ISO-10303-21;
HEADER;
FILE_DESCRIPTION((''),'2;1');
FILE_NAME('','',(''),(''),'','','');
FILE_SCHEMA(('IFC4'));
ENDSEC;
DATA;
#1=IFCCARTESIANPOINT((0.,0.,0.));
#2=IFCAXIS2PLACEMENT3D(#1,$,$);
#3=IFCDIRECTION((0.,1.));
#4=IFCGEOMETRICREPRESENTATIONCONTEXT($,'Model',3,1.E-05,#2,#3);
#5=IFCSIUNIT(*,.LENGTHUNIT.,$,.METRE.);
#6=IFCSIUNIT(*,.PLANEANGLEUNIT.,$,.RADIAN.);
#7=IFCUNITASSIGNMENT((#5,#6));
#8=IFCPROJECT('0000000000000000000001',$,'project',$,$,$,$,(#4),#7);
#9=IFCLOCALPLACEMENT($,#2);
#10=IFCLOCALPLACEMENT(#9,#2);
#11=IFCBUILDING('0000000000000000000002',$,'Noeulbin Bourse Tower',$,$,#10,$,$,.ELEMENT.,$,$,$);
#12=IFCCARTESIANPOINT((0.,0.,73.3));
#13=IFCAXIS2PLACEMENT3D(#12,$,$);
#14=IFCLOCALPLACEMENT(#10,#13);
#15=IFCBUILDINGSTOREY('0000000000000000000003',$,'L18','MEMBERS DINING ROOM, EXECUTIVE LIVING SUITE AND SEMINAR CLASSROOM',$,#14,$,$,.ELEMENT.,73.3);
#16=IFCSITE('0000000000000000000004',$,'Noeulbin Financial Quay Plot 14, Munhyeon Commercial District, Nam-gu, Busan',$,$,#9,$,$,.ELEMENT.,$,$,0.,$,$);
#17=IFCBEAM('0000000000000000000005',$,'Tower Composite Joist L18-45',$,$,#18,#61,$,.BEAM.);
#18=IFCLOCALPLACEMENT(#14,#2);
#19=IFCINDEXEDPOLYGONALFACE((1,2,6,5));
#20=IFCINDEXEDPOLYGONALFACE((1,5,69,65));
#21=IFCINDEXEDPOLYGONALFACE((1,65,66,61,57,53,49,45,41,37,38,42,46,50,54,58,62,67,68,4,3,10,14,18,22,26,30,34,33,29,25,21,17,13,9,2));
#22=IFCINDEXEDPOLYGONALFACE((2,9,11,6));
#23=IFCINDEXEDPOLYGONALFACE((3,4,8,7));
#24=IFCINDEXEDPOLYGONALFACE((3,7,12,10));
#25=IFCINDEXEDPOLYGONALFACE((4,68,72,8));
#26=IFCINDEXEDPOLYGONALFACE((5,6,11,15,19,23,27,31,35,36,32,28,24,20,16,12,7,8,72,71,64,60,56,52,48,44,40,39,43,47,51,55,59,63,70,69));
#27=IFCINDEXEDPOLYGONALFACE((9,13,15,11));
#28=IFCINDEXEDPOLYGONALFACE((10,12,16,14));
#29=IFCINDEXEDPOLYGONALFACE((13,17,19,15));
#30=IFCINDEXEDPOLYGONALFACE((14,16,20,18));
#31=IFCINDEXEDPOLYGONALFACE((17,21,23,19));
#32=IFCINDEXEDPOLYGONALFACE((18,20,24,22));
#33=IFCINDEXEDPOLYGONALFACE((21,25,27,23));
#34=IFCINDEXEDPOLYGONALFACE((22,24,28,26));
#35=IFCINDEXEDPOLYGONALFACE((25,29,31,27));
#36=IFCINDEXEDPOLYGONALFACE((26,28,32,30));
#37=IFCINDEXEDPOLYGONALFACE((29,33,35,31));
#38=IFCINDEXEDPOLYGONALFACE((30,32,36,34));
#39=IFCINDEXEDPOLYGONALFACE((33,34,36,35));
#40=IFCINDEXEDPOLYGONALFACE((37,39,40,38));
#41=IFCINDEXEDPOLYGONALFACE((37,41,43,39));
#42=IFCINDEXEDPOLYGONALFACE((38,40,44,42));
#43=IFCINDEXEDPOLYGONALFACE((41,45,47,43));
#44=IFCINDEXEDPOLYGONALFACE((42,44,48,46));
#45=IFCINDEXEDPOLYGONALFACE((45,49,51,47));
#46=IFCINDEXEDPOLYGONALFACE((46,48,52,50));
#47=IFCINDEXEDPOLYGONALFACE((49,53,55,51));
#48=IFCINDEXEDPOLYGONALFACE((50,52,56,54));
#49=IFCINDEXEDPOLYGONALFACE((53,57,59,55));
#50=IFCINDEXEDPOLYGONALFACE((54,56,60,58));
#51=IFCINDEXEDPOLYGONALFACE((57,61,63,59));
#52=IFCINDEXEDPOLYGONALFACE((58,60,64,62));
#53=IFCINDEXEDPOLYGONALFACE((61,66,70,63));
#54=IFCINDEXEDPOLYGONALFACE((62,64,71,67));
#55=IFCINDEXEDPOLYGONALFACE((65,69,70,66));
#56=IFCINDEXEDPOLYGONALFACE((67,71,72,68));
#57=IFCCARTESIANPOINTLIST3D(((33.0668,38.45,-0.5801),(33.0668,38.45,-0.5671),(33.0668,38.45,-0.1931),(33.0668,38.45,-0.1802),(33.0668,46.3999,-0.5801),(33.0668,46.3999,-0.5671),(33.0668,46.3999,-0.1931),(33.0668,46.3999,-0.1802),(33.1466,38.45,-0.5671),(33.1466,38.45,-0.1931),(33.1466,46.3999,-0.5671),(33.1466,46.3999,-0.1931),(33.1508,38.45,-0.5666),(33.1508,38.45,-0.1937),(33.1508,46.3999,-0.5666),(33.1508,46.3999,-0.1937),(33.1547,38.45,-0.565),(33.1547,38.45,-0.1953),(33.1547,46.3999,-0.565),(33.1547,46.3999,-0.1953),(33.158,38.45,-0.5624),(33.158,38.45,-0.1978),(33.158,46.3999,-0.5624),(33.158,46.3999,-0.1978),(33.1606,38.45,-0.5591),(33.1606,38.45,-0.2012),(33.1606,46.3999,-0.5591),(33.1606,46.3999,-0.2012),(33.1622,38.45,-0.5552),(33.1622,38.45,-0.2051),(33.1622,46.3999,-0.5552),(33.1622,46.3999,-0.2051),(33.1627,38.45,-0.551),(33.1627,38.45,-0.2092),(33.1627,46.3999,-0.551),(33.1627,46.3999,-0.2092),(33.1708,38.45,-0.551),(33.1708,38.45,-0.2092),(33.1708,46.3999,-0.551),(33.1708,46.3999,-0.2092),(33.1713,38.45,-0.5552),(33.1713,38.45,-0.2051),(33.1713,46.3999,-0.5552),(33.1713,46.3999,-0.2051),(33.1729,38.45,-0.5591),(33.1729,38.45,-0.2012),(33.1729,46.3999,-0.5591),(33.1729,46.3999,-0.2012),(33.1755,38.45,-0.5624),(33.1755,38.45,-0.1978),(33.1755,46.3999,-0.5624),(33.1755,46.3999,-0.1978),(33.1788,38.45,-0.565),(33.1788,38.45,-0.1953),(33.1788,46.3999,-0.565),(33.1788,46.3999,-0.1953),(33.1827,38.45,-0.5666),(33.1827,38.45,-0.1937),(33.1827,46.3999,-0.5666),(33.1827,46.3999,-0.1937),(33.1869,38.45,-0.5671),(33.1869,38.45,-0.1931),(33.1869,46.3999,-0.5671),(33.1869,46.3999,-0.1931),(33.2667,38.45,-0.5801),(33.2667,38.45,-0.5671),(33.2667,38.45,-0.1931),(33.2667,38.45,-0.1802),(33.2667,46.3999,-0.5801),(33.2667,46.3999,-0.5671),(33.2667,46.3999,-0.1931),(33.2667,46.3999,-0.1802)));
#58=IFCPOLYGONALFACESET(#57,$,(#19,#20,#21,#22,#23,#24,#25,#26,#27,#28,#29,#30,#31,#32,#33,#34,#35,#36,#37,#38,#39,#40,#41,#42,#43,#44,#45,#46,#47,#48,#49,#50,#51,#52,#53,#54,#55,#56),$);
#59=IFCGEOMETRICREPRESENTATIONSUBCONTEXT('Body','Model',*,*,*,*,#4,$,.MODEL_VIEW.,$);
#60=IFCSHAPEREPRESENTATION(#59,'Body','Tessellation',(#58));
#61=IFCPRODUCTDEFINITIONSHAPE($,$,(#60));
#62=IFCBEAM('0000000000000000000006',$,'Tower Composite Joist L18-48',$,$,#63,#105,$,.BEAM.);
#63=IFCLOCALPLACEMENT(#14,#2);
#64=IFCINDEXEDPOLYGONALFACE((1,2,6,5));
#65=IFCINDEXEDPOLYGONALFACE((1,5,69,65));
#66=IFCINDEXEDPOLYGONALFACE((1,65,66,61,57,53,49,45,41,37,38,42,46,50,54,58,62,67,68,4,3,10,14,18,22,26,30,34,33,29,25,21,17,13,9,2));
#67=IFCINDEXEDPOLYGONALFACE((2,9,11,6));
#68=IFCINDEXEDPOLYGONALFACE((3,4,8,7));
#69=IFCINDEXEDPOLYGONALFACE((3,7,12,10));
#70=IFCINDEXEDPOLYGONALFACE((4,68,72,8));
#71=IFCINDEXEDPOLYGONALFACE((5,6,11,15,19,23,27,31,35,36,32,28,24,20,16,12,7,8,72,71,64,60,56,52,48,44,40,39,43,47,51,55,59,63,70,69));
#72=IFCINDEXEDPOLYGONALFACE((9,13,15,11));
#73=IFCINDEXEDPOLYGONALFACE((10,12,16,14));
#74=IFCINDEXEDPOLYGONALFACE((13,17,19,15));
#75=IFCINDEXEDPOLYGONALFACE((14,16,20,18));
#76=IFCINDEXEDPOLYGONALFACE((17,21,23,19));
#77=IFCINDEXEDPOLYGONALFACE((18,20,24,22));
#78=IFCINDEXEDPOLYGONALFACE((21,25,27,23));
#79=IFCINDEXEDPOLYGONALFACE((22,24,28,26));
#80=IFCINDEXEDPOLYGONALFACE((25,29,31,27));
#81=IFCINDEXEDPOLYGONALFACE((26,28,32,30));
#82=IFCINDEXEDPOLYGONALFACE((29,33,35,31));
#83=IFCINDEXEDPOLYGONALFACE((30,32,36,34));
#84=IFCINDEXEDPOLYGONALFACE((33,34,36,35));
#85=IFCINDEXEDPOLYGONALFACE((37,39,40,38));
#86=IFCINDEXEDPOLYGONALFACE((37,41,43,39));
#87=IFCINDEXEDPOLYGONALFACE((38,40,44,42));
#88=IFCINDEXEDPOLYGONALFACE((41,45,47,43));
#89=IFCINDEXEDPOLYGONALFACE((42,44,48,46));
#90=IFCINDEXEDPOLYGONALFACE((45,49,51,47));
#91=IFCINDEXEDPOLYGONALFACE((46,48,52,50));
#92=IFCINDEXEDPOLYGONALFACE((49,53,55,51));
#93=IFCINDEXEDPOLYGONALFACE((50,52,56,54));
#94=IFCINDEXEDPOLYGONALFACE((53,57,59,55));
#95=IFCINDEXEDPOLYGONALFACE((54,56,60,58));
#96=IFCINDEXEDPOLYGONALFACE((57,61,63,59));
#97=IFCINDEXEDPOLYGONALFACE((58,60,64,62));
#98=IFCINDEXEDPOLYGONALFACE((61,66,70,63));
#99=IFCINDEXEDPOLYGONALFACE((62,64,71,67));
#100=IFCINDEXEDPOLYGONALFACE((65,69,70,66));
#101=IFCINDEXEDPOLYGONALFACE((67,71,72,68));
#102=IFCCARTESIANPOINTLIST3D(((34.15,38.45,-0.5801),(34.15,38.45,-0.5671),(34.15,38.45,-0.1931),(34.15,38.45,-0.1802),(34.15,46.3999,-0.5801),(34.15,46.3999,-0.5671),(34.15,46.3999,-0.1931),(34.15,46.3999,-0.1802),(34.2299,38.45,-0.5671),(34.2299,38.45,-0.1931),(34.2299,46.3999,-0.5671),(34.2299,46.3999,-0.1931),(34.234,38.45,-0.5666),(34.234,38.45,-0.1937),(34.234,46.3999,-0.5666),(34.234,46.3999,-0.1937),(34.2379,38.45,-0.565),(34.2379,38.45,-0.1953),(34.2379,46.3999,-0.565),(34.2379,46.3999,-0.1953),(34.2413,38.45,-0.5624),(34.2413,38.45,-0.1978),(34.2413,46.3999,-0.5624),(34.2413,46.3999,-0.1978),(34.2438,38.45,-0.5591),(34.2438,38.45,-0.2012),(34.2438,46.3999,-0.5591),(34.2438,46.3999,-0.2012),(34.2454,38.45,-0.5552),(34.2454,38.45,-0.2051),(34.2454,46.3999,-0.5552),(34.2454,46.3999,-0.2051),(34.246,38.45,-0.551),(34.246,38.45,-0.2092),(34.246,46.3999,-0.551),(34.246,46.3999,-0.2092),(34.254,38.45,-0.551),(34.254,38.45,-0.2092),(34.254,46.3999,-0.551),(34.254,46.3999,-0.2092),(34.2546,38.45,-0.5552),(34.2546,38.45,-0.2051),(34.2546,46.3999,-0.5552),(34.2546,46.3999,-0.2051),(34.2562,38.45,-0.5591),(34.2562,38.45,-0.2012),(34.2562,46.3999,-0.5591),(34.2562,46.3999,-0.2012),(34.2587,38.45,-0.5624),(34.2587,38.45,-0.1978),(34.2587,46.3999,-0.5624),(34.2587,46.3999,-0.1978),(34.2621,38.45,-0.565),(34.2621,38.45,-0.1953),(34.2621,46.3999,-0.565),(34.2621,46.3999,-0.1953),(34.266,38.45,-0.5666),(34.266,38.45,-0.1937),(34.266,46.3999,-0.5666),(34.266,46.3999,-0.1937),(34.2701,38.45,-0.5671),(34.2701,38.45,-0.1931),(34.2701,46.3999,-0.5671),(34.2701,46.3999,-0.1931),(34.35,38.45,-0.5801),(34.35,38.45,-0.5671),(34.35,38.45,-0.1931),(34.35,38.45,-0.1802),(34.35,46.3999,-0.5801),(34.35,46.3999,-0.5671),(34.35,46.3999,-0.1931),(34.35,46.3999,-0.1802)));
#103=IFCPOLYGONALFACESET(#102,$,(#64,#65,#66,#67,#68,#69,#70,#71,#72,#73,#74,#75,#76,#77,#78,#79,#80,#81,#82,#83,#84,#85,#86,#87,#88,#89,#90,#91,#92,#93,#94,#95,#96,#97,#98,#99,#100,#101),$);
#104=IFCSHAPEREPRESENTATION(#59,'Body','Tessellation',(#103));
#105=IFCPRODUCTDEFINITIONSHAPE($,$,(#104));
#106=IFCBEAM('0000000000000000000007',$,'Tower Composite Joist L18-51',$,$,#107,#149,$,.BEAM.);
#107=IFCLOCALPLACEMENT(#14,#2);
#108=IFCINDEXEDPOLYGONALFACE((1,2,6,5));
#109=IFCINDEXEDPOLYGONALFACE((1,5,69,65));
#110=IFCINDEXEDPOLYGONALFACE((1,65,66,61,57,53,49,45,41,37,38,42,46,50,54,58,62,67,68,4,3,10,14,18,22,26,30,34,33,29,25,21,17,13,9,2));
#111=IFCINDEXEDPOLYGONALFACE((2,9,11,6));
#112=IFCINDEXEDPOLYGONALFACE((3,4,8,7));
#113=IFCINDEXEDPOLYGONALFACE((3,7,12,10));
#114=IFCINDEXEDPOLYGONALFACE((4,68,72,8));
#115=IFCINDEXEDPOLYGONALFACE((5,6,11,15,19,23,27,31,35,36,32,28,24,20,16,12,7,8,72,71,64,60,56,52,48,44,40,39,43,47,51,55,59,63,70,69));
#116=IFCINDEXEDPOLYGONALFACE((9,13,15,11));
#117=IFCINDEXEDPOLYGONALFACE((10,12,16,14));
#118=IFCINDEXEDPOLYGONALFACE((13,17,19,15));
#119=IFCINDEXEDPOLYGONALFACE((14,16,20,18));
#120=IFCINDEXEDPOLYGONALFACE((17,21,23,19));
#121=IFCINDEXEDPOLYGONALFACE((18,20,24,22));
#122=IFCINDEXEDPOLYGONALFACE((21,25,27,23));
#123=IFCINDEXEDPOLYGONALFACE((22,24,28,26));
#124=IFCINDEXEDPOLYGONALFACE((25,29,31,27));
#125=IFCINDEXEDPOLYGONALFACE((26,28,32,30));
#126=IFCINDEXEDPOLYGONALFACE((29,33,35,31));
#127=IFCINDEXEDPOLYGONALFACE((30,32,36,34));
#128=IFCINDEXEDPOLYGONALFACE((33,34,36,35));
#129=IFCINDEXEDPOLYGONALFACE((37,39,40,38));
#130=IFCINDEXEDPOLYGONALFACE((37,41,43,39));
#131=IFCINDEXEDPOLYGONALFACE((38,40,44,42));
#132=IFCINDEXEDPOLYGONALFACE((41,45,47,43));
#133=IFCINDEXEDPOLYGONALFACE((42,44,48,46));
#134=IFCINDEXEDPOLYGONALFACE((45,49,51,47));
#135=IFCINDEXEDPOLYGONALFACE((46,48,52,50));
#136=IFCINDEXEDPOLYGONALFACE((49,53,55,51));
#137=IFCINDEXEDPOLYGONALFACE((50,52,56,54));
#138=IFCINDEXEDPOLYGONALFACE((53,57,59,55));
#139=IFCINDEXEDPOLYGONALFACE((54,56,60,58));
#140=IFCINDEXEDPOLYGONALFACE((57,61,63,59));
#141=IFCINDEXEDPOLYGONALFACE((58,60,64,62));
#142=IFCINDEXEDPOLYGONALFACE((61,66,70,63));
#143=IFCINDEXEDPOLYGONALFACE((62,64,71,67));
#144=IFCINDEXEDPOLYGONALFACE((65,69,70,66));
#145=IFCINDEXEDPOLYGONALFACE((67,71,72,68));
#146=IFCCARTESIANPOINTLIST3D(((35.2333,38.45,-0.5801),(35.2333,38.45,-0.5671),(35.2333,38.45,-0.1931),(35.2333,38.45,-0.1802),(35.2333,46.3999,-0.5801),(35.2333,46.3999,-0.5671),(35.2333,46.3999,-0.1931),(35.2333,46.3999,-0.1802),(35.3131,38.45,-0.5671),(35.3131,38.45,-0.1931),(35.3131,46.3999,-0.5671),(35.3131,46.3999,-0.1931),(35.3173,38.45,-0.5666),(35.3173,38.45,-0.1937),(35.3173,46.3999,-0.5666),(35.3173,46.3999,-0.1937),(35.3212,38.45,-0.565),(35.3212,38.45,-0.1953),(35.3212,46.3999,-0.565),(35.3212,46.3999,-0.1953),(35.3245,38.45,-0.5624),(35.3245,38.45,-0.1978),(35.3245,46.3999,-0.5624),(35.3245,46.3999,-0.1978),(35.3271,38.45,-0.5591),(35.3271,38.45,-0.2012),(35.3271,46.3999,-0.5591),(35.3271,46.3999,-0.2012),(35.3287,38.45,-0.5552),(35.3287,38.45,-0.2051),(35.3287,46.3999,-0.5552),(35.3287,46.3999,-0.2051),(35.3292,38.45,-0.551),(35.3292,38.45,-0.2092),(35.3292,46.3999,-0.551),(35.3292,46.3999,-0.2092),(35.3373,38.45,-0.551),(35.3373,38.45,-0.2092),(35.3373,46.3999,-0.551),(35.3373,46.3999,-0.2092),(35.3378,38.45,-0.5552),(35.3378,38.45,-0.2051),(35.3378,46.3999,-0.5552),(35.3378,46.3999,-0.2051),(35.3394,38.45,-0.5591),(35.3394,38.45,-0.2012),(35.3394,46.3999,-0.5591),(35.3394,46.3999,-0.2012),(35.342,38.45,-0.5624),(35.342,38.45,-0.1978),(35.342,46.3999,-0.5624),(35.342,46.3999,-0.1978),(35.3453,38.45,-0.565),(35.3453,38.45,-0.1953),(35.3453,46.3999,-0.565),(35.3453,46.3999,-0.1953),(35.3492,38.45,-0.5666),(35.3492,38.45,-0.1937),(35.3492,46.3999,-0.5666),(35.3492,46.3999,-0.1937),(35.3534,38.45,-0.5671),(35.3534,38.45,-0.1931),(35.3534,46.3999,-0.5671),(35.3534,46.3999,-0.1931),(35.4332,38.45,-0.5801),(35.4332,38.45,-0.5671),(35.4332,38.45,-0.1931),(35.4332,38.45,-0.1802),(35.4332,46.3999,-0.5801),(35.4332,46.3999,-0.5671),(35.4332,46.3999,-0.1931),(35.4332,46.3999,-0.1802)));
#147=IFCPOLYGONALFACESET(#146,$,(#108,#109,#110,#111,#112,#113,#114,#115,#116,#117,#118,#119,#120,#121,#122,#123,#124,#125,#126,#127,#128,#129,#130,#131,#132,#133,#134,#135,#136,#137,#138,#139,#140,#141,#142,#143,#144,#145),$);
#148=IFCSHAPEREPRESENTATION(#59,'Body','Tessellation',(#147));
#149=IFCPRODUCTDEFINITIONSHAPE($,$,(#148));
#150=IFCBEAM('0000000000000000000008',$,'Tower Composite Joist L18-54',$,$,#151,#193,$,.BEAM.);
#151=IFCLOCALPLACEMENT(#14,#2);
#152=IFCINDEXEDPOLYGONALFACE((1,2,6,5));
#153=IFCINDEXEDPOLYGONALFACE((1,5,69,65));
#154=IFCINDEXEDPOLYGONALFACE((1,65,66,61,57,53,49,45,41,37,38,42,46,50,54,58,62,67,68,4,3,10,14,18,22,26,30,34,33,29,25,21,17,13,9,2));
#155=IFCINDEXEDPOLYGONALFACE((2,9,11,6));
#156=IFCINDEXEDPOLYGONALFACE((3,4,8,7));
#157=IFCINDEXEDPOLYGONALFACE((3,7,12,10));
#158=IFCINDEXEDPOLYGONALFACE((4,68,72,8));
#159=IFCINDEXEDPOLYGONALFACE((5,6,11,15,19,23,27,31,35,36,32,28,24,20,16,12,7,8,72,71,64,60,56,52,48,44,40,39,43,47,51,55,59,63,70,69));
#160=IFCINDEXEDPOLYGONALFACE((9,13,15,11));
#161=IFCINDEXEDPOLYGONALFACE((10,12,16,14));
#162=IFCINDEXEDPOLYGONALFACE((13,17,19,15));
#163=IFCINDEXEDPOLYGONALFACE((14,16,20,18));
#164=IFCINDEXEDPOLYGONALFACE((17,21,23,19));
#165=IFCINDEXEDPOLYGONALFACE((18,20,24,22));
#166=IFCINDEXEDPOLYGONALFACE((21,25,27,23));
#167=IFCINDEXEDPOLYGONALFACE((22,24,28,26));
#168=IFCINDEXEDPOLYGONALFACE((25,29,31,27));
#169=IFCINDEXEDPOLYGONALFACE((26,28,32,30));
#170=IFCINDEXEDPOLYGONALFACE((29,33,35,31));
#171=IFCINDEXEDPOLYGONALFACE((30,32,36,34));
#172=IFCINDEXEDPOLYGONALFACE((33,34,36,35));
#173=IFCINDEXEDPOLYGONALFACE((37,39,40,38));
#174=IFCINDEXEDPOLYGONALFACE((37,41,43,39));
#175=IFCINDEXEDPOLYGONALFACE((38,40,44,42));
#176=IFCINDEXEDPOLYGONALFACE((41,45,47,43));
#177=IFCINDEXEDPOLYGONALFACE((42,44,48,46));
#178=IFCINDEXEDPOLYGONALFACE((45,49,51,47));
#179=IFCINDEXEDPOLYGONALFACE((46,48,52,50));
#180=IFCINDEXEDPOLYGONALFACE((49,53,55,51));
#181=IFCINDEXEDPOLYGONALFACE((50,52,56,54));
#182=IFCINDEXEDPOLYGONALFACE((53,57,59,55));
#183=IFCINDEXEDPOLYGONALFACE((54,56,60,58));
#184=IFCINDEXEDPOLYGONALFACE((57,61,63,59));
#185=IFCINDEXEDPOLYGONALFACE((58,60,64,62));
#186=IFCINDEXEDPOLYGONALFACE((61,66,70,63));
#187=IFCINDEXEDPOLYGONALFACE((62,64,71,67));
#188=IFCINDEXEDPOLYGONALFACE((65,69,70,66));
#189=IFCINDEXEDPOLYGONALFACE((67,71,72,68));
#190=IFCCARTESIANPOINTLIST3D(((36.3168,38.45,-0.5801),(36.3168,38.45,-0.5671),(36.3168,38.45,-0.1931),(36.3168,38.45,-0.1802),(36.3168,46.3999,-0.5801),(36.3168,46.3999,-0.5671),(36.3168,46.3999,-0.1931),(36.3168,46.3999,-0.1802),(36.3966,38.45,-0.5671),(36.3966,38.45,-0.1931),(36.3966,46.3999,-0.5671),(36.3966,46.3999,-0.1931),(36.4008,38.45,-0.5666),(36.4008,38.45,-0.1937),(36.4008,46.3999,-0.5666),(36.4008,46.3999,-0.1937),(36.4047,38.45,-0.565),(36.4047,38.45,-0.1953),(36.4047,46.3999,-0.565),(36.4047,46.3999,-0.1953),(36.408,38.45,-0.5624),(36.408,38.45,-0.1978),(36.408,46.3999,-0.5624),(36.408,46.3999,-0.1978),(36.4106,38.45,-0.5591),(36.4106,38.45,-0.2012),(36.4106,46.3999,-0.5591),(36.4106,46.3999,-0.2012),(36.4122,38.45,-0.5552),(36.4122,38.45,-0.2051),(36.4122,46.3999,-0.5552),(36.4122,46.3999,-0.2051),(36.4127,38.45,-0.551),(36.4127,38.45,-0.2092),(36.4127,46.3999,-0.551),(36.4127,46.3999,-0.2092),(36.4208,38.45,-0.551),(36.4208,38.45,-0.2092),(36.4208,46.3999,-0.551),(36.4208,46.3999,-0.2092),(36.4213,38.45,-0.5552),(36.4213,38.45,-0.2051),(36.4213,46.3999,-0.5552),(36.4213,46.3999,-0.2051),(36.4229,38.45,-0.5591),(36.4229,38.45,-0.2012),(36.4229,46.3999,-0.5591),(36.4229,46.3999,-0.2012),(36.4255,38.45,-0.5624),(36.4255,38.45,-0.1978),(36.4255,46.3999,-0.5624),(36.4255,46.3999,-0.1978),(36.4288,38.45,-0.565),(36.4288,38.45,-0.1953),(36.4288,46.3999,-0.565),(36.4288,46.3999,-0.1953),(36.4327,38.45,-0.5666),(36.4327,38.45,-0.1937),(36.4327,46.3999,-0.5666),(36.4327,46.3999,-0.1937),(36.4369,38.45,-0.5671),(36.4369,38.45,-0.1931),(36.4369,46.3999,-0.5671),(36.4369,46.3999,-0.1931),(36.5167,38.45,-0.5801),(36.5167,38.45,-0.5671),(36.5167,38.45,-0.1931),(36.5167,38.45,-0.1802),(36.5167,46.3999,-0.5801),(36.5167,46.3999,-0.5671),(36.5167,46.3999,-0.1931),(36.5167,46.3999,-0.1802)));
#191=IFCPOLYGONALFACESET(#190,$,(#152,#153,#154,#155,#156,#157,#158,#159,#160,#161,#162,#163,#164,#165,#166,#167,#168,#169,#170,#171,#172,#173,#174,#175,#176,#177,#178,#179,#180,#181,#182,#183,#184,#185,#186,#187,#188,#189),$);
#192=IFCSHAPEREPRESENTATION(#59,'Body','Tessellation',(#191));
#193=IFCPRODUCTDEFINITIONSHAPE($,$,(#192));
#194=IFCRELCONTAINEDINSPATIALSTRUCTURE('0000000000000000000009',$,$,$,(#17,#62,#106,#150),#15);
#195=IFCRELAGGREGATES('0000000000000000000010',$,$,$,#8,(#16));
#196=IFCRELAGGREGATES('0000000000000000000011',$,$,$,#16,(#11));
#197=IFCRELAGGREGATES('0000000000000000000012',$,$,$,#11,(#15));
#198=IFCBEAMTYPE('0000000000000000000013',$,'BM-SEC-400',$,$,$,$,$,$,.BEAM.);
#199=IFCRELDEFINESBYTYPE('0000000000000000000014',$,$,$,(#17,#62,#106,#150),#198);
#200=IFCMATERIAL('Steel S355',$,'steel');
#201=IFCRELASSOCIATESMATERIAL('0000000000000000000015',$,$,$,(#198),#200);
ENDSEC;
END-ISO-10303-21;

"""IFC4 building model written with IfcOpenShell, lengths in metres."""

from ifc_helpers import new_model, si_unit, direction, frame, origin, origin_2d, place, context, subcontext, project, spatial, i_section, extrude, material, material_profile, profile_set, type_object, element, save


model = new_model("IFC4")

# Units and contexts
model_context = context("Model", 3, precision=1e-05, world=origin(), true_north=direction((0.0, 1.0)))
body_context = subcontext(model_context, "Body", "Model", "MODEL_VIEW")
ifc_project = project(units=[si_unit("LENGTHUNIT", "METRE"), si_unit("PLANEANGLEUNIT", "RADIAN")], contexts=[model_context])

# Site, building, storey
site_placement = place(None, origin())
site = spatial("IfcSite", under=ifc_project, at=site_placement, Name="Noeulbin Financial Quay Plot 14, Munhyeon Commercial District, Nam-gu, Busan", CompositionType="ELEMENT", RefElevation=0.0)
building_placement = place(site_placement, origin())
building = spatial("IfcBuilding", under=site, at=building_placement, Name="Noeulbin Bourse Tower", CompositionType="ELEMENT")
storey_placement = place(building_placement, frame((0.0, 0.0, 73.3)))
storey = spatial("IfcBuildingStorey", under=building, at=storey_placement, Name="L18", Description="MEMBERS DINING ROOM, EXECUTIVE LIVING SUITE AND SEMINAR CLASSROOM", CompositionType="ELEMENT", Elevation=73.3)

# Beams
ifc_material_1 = material(Name="Steel S355", Category="steel")
ifc_material_profile_1 = material_profile(ifc_material_1, i_section(OverallWidth=0.2, OverallDepth=0.3999, WebThickness=0.0081, FlangeThickness=0.0129, FilletRadius=0.0161, at=origin_2d()), Name="H-400x200x8x13", Category="LoadBearing")
ifc_profile_set_1 = profile_set([ifc_material_profile_1], Name="Steel S355")
beam_type_1 = type_object("IfcBeamType", Name="BM-SEC-400", PredefinedType="BEAM", material=ifc_profile_set_1)
for number, where, z_axis, x_axis, name in (
    (1, (33.1667, 38.45, -0.3801), (0.0, 1.0, 0.0), (-1.0, 0.0, 0.0), "Tower Composite Joist L18-45"),
    (2, (34.25, 38.45, -0.3801), (0.0, 1.0, 0.0), (-1.0, 0.0, 0.0), "Tower Composite Joist L18-48"),
    (3, (35.3333, 38.45, -0.3801), (0.0, 1.0, 0.0), (-1.0, 0.0, 0.0), "Tower Composite Joist L18-51"),
    (4, (36.4167, 38.45, -0.3801), (0.0, 1.0, 0.0), (-1.0, 0.0, 0.0), "Tower Composite Joist L18-54"),
):
    element("IfcBeam", number, at=place(storey_placement, frame(where, z_axis=z_axis, x_axis=x_axis)), inside=storey, type_object=beam_type_1, Name=name, PredefinedType="BEAM", context=body_context, shape_type="SweptSolid", body=[
        extrude(i_section(OverallWidth=0.2, OverallDepth=0.3999, WebThickness=0.0081, FlangeThickness=0.0129, FilletRadius=0.0161, at=origin_2d()), origin(), (0.0, 0.0, 1.0), 7.95),
    ])

save(model, "model.ifc")
